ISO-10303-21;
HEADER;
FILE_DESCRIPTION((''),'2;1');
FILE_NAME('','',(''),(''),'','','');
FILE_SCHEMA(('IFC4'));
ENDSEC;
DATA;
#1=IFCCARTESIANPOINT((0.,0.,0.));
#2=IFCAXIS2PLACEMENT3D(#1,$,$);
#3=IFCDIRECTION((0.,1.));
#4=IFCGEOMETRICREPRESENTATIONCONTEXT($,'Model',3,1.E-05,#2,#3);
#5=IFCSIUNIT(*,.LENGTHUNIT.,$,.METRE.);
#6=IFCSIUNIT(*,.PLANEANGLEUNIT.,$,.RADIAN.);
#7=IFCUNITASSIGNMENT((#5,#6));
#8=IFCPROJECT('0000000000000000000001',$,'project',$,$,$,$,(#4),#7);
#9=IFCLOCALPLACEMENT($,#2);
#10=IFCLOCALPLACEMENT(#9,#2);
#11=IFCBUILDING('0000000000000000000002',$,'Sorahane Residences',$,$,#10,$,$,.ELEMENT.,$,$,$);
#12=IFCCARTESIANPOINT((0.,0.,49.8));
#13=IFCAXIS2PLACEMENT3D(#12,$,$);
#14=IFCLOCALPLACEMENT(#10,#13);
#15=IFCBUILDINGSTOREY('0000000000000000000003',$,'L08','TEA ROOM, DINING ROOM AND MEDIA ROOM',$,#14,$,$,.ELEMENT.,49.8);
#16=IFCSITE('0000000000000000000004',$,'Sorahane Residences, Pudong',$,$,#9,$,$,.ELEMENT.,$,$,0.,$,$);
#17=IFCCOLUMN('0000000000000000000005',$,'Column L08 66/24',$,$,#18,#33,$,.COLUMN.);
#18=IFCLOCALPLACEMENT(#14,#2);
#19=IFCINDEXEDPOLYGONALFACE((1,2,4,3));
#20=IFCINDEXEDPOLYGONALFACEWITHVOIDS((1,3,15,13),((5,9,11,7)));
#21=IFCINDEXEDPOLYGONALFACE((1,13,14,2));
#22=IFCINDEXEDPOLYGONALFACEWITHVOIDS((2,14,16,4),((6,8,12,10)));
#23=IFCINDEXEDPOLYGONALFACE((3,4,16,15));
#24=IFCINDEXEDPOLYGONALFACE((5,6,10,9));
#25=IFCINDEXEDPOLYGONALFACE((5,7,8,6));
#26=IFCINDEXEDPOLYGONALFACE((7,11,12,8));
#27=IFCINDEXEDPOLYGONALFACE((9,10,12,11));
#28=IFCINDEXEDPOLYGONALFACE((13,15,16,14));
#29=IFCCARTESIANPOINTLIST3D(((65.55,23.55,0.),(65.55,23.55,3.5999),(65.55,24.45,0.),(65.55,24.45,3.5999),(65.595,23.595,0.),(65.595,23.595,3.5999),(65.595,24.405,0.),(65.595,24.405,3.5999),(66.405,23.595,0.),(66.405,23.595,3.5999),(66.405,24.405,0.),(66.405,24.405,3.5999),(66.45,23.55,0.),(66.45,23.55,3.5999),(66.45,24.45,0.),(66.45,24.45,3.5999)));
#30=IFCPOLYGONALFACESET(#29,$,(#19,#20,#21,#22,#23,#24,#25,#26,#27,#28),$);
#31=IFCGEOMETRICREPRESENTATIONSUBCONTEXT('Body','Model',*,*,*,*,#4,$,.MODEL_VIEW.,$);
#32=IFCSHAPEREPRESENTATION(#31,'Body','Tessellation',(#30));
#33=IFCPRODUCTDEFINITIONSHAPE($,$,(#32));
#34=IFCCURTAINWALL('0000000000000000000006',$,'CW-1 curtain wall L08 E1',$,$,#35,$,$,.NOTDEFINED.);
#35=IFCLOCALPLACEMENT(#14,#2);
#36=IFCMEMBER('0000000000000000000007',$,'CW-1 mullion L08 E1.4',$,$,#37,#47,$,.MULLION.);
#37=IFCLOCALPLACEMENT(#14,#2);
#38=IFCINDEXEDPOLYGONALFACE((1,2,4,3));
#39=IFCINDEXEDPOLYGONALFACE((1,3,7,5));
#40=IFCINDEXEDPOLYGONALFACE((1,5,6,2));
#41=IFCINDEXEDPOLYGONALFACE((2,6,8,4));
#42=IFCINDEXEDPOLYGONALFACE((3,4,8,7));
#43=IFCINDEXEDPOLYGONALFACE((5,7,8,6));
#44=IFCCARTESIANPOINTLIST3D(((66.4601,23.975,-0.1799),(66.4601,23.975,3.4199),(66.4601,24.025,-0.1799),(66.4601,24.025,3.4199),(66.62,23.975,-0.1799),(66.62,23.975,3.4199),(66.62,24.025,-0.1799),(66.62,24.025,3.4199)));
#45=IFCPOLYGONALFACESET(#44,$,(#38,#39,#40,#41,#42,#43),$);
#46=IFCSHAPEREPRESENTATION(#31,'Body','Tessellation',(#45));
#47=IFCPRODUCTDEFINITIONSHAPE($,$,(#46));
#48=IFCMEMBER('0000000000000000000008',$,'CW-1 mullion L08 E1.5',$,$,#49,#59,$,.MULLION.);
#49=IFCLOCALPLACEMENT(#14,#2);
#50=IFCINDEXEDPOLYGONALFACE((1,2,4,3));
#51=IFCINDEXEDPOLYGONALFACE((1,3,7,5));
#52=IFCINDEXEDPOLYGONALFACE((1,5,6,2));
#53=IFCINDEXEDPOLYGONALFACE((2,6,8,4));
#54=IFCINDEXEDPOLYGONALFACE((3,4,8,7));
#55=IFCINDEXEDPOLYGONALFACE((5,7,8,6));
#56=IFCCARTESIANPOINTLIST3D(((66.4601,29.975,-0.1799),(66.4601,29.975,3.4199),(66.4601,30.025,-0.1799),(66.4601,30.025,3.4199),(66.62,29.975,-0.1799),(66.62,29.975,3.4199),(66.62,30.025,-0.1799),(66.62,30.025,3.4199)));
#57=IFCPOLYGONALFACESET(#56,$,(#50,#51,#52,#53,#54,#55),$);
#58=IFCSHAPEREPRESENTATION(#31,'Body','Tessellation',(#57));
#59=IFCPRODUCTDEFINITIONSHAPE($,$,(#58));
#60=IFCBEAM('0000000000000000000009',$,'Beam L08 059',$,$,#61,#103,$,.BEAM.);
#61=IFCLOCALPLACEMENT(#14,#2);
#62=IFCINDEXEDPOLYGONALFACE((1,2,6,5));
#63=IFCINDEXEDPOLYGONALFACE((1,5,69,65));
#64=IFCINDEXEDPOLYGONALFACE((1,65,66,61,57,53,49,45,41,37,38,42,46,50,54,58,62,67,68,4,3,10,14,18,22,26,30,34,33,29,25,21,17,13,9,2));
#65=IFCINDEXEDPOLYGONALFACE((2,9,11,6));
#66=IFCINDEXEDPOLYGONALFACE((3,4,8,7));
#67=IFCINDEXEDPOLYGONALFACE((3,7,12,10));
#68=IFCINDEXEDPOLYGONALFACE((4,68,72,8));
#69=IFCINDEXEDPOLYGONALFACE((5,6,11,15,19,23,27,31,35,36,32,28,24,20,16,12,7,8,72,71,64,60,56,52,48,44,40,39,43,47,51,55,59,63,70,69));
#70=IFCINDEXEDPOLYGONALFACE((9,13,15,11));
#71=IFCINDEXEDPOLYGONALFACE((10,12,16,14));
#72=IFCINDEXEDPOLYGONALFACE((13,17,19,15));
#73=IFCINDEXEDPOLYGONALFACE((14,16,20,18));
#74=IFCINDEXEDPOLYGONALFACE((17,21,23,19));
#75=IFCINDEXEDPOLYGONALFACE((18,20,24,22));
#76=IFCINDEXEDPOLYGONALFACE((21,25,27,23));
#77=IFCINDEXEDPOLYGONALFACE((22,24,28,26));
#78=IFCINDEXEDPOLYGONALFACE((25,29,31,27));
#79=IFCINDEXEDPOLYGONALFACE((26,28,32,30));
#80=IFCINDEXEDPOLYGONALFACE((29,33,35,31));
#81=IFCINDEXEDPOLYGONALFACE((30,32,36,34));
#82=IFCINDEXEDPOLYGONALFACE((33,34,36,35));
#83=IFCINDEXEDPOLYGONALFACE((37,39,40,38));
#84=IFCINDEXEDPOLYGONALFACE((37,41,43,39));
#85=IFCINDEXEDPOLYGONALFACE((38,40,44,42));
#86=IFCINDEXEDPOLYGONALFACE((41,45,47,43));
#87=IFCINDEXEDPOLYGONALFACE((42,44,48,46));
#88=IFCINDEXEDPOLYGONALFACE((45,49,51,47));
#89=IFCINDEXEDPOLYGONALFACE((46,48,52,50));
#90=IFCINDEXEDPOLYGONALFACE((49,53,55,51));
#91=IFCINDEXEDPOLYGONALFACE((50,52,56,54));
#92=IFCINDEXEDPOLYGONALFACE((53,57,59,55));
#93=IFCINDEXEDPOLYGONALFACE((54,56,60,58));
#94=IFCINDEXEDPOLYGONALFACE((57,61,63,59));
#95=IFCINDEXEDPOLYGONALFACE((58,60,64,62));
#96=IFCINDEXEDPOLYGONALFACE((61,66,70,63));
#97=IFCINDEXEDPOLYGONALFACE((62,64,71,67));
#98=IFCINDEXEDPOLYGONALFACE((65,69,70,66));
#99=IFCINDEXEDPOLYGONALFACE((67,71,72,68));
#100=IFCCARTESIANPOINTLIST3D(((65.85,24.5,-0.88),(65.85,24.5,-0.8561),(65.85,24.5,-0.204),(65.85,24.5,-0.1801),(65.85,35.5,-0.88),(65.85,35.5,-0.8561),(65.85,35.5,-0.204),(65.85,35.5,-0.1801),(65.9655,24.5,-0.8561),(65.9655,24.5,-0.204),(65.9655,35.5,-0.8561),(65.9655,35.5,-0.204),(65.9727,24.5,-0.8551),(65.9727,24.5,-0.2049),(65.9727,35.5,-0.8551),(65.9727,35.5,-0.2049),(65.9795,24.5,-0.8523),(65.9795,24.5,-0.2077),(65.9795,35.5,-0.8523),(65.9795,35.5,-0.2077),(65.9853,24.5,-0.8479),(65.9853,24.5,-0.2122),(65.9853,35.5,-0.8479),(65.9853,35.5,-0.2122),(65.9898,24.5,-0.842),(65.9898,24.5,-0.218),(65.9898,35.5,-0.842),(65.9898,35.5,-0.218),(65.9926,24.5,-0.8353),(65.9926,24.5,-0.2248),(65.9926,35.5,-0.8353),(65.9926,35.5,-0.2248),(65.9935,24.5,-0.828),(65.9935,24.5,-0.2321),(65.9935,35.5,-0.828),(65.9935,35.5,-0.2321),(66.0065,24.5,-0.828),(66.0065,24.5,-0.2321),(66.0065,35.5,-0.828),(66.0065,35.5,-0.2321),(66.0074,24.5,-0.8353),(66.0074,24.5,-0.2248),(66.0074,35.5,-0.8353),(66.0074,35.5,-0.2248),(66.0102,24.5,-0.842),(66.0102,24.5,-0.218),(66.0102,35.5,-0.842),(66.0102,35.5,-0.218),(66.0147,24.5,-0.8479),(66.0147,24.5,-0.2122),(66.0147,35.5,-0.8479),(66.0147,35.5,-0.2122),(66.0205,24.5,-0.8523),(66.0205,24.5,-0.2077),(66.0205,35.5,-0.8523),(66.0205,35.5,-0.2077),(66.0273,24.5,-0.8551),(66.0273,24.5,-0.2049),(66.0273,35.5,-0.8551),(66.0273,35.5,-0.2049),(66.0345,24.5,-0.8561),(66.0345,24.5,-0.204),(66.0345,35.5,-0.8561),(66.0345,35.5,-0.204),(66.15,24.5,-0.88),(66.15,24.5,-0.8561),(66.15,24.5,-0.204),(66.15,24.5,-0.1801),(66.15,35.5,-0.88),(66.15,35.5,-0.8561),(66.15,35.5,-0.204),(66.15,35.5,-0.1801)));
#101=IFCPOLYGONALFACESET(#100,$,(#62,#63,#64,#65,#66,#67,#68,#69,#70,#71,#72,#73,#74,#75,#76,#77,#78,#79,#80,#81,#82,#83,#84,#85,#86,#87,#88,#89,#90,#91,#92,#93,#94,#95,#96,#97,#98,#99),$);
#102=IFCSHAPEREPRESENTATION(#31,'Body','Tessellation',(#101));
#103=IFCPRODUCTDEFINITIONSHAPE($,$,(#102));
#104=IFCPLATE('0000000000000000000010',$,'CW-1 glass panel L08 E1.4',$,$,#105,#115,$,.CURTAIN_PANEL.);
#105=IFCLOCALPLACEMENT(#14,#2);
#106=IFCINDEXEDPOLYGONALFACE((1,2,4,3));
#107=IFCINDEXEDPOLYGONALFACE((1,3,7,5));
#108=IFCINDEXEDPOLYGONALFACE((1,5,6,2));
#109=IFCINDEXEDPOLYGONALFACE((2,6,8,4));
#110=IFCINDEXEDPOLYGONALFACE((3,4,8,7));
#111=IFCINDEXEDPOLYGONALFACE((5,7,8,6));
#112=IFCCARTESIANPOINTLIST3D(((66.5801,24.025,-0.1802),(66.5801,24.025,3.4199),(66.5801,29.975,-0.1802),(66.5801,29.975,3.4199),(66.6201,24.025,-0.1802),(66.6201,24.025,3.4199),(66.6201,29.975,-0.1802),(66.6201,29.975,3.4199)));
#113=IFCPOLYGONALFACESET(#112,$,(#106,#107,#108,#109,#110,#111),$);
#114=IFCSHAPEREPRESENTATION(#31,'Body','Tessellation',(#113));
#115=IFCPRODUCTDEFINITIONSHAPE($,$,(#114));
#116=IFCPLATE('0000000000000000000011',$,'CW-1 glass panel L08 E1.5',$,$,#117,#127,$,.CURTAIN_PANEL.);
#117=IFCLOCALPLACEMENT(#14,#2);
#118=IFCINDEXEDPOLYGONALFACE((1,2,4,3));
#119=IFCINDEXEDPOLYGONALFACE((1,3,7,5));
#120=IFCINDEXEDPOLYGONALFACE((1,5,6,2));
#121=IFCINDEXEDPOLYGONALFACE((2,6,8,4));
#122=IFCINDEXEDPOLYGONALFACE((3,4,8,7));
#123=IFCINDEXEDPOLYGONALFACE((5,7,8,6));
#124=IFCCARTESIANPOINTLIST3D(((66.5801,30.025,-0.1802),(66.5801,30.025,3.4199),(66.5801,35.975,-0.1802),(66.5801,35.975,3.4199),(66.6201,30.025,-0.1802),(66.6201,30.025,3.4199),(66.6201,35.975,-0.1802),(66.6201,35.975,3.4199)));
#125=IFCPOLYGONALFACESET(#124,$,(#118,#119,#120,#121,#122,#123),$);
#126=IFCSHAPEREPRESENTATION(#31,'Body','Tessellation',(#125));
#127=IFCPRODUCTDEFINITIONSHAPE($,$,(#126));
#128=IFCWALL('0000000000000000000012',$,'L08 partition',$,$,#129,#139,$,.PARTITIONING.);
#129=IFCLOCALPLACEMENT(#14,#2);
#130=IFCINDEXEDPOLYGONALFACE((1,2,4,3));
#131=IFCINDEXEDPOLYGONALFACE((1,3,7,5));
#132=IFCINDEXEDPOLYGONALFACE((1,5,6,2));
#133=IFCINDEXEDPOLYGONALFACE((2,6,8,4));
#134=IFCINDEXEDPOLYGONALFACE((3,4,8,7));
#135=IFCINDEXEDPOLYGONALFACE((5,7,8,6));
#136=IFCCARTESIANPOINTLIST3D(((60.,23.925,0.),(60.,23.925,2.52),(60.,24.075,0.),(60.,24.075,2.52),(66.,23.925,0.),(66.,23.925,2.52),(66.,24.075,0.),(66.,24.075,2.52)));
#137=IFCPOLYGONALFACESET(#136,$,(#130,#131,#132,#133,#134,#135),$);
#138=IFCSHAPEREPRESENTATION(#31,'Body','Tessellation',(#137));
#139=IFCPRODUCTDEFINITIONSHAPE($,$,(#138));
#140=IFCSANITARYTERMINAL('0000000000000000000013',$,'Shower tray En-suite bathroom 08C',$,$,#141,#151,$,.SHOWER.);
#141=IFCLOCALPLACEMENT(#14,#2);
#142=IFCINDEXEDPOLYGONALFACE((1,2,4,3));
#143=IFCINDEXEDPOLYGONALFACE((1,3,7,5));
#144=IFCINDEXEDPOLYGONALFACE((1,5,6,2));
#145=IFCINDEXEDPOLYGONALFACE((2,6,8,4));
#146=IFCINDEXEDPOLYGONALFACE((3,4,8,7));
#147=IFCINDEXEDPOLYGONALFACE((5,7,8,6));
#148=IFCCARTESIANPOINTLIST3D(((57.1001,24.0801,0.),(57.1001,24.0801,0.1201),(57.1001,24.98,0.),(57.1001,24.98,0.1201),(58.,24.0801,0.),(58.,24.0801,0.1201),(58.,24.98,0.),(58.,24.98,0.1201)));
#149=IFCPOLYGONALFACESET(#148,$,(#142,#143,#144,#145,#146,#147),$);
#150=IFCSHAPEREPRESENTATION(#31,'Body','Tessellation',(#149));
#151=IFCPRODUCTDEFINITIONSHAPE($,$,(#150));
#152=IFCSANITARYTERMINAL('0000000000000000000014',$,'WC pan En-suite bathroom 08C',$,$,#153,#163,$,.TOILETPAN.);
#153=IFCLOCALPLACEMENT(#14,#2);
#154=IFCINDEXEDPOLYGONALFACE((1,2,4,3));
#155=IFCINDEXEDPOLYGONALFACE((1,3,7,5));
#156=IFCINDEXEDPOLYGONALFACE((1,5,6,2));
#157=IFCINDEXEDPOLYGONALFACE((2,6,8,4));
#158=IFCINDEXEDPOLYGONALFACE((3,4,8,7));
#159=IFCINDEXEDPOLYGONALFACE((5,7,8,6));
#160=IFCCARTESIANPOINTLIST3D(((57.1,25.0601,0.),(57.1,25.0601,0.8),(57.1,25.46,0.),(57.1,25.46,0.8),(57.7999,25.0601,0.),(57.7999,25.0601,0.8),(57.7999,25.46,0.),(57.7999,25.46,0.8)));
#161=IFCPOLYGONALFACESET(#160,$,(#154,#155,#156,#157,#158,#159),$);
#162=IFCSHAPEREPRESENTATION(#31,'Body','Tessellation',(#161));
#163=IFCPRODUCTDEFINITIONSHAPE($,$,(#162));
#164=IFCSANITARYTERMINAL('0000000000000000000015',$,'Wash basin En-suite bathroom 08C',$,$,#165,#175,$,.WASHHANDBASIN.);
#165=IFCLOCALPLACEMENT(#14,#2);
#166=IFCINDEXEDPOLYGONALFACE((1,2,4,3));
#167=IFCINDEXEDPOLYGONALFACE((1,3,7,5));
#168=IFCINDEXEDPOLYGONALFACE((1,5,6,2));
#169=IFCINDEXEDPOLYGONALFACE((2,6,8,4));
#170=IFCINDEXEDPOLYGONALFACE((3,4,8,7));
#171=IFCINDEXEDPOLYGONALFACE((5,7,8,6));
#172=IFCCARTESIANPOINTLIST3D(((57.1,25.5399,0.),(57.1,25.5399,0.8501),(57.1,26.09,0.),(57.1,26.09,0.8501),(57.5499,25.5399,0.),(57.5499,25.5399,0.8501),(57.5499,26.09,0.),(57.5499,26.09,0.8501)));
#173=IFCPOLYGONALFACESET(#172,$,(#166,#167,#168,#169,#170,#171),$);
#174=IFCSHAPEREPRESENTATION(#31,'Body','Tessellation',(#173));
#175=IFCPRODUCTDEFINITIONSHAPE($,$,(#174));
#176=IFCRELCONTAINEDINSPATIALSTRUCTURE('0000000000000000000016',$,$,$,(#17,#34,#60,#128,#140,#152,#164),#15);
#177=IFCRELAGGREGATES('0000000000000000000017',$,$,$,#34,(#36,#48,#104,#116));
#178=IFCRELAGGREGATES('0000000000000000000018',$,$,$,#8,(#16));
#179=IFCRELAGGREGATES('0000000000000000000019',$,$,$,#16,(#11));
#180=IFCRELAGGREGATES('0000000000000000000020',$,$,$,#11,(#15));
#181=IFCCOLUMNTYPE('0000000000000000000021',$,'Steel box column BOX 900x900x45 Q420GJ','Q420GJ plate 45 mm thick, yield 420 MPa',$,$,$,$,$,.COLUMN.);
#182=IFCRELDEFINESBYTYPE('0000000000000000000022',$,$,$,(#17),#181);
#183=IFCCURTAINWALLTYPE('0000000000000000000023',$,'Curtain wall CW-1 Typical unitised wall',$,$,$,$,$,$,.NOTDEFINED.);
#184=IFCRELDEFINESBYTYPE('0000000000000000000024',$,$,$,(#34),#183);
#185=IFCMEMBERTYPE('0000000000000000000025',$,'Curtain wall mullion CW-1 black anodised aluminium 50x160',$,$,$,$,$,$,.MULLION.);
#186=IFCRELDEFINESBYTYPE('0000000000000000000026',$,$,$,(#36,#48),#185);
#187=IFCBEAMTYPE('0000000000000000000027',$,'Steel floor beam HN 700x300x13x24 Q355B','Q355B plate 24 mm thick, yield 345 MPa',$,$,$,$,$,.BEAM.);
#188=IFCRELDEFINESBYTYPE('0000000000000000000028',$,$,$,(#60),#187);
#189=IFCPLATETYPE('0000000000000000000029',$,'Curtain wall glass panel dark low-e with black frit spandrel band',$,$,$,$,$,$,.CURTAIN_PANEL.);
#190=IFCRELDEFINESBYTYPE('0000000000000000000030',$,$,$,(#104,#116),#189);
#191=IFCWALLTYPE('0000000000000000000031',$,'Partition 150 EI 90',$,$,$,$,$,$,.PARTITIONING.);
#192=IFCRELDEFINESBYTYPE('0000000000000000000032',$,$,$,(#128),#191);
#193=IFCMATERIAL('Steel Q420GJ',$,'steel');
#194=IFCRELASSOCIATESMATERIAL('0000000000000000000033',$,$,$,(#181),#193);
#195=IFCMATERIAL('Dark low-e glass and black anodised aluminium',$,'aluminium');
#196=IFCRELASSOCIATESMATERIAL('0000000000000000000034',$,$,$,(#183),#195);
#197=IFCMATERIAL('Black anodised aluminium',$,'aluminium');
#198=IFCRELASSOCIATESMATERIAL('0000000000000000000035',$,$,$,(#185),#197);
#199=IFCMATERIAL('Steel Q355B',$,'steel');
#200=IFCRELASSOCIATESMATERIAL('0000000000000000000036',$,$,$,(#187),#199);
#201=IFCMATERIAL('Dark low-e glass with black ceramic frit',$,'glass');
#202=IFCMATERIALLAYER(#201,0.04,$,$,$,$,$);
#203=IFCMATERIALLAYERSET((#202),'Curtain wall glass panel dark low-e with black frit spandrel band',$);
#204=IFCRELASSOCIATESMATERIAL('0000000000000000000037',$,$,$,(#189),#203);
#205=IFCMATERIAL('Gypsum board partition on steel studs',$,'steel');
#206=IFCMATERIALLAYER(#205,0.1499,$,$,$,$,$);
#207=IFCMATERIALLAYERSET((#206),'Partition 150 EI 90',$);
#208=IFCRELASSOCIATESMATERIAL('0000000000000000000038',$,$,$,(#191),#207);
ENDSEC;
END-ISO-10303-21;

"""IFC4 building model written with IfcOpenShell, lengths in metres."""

from ifc_helpers import new_model, si_unit, direction, frame, frame_2d, origin, origin_2d, place, context, subcontext, project, spatial, rectangle, hollow_rectangle, i_section, extrude, material, layer, layer_set, material_profile, profile_set, type_object, element, aggregate, save


model = new_model("IFC4")

# Units and contexts
model_context = context("Model", 3, precision=1e-05, world=origin(), true_north=direction((0.0, 1.0)))
body_context = subcontext(model_context, "Body", "Model", "MODEL_VIEW")
ifc_project = project(units=[si_unit("LENGTHUNIT", "METRE"), si_unit("PLANEANGLEUNIT", "RADIAN")], contexts=[model_context])

# Site, building, storey
site_placement = place(None, origin())
site = spatial("IfcSite", under=ifc_project, at=site_placement, Name="Sorahane Residences, Pudong", CompositionType="ELEMENT", RefElevation=0.0)
building_placement = place(site_placement, origin())
building = spatial("IfcBuilding", under=site, at=building_placement, Name="Sorahane Residences", CompositionType="ELEMENT")
storey_placement = place(building_placement, frame((0.0, 0.0, 49.8)))
storey = spatial("IfcBuildingStorey", under=building, at=storey_placement, Name="L08", Description="TEA ROOM, DINING ROOM AND MEDIA ROOM", CompositionType="ELEMENT", Elevation=49.8)

# Column
ifc_material_1 = material(Name="Steel Q420GJ", Category="steel")
ifc_material_profile_1 = material_profile(ifc_material_1, hollow_rectangle(XDim=0.8999, YDim=0.8999, WallThickness=0.0449, at=origin_2d()), Name="BOX 900x900x45")
ifc_profile_set_1 = profile_set([ifc_material_profile_1], Name="Steel Q420GJ")
column_type = type_object("IfcColumnType", Name="Steel box column BOX 900x900x45 Q420GJ", Description="Q420GJ plate 45 mm thick, yield 420 MPa", PredefinedType="COLUMN", material=ifc_profile_set_1)
column_placement = place(storey_placement, frame((66.0, 24.0, 0.0), z_axis=(0.0, 0.0, 1.0), x_axis=(1.0, 0.0, 0.0)))
element("IfcColumn", 1, at=column_placement, inside=storey, type_object=column_type, Name="Column L08 66/24", PredefinedType="COLUMN", context=body_context, shape_type="SweptSolid", body=[
    extrude(hollow_rectangle(XDim=0.8999, YDim=0.8999, WallThickness=0.0449, at=origin_2d()), origin(), (0.0, 0.0, 1.0), 3.5999),
])

# Curtain wall, members
ifc_material_2 = material(Name="Dark low-e glass and black anodised aluminium", Category="aluminium")
curtain_wall_type = type_object("IfcCurtainWallType", Name="Curtain wall CW-1 Typical unitised wall", PredefinedType="NOTDEFINED", material=ifc_material_2)
curtain_wall_placement = place(storey_placement, origin())
curtain_wall = element("IfcCurtainWall", 2, at=curtain_wall_placement, inside=storey, type_object=curtain_wall_type, Name="CW-1 curtain wall L08 E1", PredefinedType="NOTDEFINED")
ifc_material_3 = material(Name="Black anodised aluminium", Category="aluminium")
ifc_material_profile_2 = material_profile(ifc_material_3, rectangle(XDim=0.1599, YDim=0.05, at=origin_2d()), Name="Curtain wall mullion CW-1 black anodised aluminium 50x160")
ifc_profile_set_2 = profile_set([ifc_material_profile_2], Name="Black anodised aluminium")
member_type = type_object("IfcMemberType", Name="Curtain wall mullion CW-1 black anodised aluminium 50x160", PredefinedType="MULLION", material=ifc_profile_set_2)
member_1_placement = place(storey_placement, frame((66.54, 24.0, -0.1799), z_axis=(0.0, 0.0, 1.0), x_axis=(1.0, 0.0, 0.0)))
member_1 = element("IfcMember", 3, at=member_1_placement, type_object=member_type, Name="CW-1 mullion L08 E1.4", PredefinedType="MULLION", context=body_context, shape_type="SweptSolid", body=[
    extrude(rectangle(XDim=0.1599, YDim=0.05, at=origin_2d()), origin(), (0.0, 0.0, 1.0), 3.5999),
])
member_2_placement = place(storey_placement, frame((66.54, 30.0, -0.1799), z_axis=(0.0, 0.0, 1.0), x_axis=(1.0, 0.0, 0.0)))
member_2 = element("IfcMember", 4, at=member_2_placement, type_object=member_type, Name="CW-1 mullion L08 E1.5", PredefinedType="MULLION", context=body_context, shape_type="SweptSolid", body=[
    extrude(rectangle(XDim=0.1599, YDim=0.05, at=origin_2d()), origin(), (0.0, 0.0, 1.0), 3.5999),
])

# Beam
ifc_material_4 = material(Name="Steel Q355B", Category="steel")
ifc_material_profile_3 = material_profile(ifc_material_4, i_section(OverallWidth=0.3, OverallDepth=0.7, WebThickness=0.0129, FlangeThickness=0.0239, FilletRadius=0.0281, at=origin_2d()), Name="HN 700x300x13x24")
ifc_profile_set_3 = profile_set([ifc_material_profile_3], Name="Steel Q355B")
beam_type = type_object("IfcBeamType", Name="Steel floor beam HN 700x300x13x24 Q355B", Description="Q355B plate 24 mm thick, yield 345 MPa", PredefinedType="BEAM", material=ifc_profile_set_3)
beam_placement = place(storey_placement, frame((66.0, 24.5, -0.53), z_axis=(0.0, 1.0, 0.0), x_axis=(-1.0, 0.0, 0.0)))
element("IfcBeam", 5, at=beam_placement, inside=storey, type_object=beam_type, Name="Beam L08 059", PredefinedType="BEAM", context=body_context, shape_type="SweptSolid", body=[
    extrude(i_section(OverallWidth=0.3, OverallDepth=0.7, WebThickness=0.0129, FlangeThickness=0.0239, FilletRadius=0.0281, at=origin_2d()), origin(), (0.0, 0.0, 1.0), 11.0),
])

# Plates
ifc_material_5 = material(Name="Dark low-e glass with black ceramic frit", Category="glass")
ifc_layer_1 = layer(ifc_material_5, 0.04)
ifc_layer_set_1 = layer_set([ifc_layer_1], Name="Curtain wall glass panel dark low-e with black frit spandrel band")
plate_type = type_object("IfcPlateType", Name="Curtain wall glass panel dark low-e with black frit spandrel band", PredefinedType="CURTAIN_PANEL", material=ifc_layer_set_1)
plate_1_placement = place(storey_placement, frame((66.6001, 27.0, -0.1802), z_axis=(0.0, 0.0, 1.0), x_axis=(0.0, 1.0, 0.0)))
plate_1 = element("IfcPlate", 6, at=plate_1_placement, type_object=plate_type, Name="CW-1 glass panel L08 E1.4", PredefinedType="CURTAIN_PANEL", context=body_context, shape_type="SweptSolid", body=[
    extrude(rectangle(XDim=5.95, YDim=0.04, at=origin_2d()), origin(), (0.0, 0.0, 1.0), 3.6001),
])
plate_2_placement = place(storey_placement, frame((66.6001, 33.0, -0.1802), z_axis=(0.0, 0.0, 1.0), x_axis=(0.0, 1.0, 0.0)))
plate_2 = element("IfcPlate", 7, at=plate_2_placement, type_object=plate_type, Name="CW-1 glass panel L08 E1.5", PredefinedType="CURTAIN_PANEL", context=body_context, shape_type="SweptSolid", body=[
    extrude(rectangle(XDim=5.95, YDim=0.04, at=origin_2d()), origin(), (0.0, 0.0, 1.0), 3.6001),
])
aggregate(curtain_wall, [member_1, member_2, plate_1, plate_2])

# Shared definitions
ifc_material_6 = material(Name="Gypsum board partition on steel studs", Category="steel")
ifc_layer_2 = layer(ifc_material_6, 0.1499)
ifc_layer_set_2 = layer_set([ifc_layer_2], Name="Partition 150 EI 90")
wall_type_1 = type_object("IfcWallType", Name="Partition 150 EI 90", PredefinedType="PARTITIONING", material=ifc_layer_set_2)

# Wall
wall_1_placement = place(storey_placement, frame((60.0, 24.0, 0.0), z_axis=(0.0, 0.0, 1.0), x_axis=(1.0, 0.0, 0.0)))
element("IfcWall", 8, at=wall_1_placement, inside=storey, type_object=wall_type_1, Name="L08 partition", PredefinedType="PARTITIONING", context=body_context, shape_type="SweptSolid", body=[
    extrude(rectangle(XDim=6.0, YDim=0.1499, at=frame_2d((3.0, 0.0))), origin(), (0.0, 0.0, 1.0), 2.52),
])

# Sanitary terminals
sanitary_terminal_1_placement = place(storey_placement, frame((57.55, 24.53, 0.0), z_axis=(0.0, 0.0, 1.0), x_axis=(0.0, 1.0, 0.0)))
element("IfcSanitaryTerminal", 9, at=sanitary_terminal_1_placement, inside=storey, Name="Shower tray En-suite bathroom 08C", PredefinedType="SHOWER", context=body_context, shape_type="SweptSolid", body=[
    extrude(rectangle(XDim=0.8999, YDim=0.8999, at=origin_2d()), origin(), (0.0, 0.0, 1.0), 0.1201),
])
sanitary_terminal_2_placement = place(storey_placement, frame((57.45, 25.26, 0.0), z_axis=(0.0, 0.0, 1.0), x_axis=(0.0, 1.0, 0.0)))
element("IfcSanitaryTerminal", 10, at=sanitary_terminal_2_placement, inside=storey, Name="WC pan En-suite bathroom 08C", PredefinedType="TOILETPAN", context=body_context, shape_type="SweptSolid", body=[
    extrude(rectangle(XDim=0.3999, YDim=0.7, at=origin_2d()), origin(), (0.0, 0.0, 1.0), 0.8),
])
sanitary_terminal_3_placement = place(storey_placement, frame((57.325, 25.8149, 0.0), z_axis=(0.0, 0.0, 1.0), x_axis=(0.0, 1.0, 0.0)))
element("IfcSanitaryTerminal", 11, at=sanitary_terminal_3_placement, inside=storey, Name="Wash basin En-suite bathroom 08C", PredefinedType="WASHHANDBASIN", context=body_context, shape_type="SweptSolid", body=[
    extrude(rectangle(XDim=0.55, YDim=0.45, at=origin_2d()), origin(), (0.0, 0.0, 1.0), 0.8501),
])

save(model, "model.ifc")
